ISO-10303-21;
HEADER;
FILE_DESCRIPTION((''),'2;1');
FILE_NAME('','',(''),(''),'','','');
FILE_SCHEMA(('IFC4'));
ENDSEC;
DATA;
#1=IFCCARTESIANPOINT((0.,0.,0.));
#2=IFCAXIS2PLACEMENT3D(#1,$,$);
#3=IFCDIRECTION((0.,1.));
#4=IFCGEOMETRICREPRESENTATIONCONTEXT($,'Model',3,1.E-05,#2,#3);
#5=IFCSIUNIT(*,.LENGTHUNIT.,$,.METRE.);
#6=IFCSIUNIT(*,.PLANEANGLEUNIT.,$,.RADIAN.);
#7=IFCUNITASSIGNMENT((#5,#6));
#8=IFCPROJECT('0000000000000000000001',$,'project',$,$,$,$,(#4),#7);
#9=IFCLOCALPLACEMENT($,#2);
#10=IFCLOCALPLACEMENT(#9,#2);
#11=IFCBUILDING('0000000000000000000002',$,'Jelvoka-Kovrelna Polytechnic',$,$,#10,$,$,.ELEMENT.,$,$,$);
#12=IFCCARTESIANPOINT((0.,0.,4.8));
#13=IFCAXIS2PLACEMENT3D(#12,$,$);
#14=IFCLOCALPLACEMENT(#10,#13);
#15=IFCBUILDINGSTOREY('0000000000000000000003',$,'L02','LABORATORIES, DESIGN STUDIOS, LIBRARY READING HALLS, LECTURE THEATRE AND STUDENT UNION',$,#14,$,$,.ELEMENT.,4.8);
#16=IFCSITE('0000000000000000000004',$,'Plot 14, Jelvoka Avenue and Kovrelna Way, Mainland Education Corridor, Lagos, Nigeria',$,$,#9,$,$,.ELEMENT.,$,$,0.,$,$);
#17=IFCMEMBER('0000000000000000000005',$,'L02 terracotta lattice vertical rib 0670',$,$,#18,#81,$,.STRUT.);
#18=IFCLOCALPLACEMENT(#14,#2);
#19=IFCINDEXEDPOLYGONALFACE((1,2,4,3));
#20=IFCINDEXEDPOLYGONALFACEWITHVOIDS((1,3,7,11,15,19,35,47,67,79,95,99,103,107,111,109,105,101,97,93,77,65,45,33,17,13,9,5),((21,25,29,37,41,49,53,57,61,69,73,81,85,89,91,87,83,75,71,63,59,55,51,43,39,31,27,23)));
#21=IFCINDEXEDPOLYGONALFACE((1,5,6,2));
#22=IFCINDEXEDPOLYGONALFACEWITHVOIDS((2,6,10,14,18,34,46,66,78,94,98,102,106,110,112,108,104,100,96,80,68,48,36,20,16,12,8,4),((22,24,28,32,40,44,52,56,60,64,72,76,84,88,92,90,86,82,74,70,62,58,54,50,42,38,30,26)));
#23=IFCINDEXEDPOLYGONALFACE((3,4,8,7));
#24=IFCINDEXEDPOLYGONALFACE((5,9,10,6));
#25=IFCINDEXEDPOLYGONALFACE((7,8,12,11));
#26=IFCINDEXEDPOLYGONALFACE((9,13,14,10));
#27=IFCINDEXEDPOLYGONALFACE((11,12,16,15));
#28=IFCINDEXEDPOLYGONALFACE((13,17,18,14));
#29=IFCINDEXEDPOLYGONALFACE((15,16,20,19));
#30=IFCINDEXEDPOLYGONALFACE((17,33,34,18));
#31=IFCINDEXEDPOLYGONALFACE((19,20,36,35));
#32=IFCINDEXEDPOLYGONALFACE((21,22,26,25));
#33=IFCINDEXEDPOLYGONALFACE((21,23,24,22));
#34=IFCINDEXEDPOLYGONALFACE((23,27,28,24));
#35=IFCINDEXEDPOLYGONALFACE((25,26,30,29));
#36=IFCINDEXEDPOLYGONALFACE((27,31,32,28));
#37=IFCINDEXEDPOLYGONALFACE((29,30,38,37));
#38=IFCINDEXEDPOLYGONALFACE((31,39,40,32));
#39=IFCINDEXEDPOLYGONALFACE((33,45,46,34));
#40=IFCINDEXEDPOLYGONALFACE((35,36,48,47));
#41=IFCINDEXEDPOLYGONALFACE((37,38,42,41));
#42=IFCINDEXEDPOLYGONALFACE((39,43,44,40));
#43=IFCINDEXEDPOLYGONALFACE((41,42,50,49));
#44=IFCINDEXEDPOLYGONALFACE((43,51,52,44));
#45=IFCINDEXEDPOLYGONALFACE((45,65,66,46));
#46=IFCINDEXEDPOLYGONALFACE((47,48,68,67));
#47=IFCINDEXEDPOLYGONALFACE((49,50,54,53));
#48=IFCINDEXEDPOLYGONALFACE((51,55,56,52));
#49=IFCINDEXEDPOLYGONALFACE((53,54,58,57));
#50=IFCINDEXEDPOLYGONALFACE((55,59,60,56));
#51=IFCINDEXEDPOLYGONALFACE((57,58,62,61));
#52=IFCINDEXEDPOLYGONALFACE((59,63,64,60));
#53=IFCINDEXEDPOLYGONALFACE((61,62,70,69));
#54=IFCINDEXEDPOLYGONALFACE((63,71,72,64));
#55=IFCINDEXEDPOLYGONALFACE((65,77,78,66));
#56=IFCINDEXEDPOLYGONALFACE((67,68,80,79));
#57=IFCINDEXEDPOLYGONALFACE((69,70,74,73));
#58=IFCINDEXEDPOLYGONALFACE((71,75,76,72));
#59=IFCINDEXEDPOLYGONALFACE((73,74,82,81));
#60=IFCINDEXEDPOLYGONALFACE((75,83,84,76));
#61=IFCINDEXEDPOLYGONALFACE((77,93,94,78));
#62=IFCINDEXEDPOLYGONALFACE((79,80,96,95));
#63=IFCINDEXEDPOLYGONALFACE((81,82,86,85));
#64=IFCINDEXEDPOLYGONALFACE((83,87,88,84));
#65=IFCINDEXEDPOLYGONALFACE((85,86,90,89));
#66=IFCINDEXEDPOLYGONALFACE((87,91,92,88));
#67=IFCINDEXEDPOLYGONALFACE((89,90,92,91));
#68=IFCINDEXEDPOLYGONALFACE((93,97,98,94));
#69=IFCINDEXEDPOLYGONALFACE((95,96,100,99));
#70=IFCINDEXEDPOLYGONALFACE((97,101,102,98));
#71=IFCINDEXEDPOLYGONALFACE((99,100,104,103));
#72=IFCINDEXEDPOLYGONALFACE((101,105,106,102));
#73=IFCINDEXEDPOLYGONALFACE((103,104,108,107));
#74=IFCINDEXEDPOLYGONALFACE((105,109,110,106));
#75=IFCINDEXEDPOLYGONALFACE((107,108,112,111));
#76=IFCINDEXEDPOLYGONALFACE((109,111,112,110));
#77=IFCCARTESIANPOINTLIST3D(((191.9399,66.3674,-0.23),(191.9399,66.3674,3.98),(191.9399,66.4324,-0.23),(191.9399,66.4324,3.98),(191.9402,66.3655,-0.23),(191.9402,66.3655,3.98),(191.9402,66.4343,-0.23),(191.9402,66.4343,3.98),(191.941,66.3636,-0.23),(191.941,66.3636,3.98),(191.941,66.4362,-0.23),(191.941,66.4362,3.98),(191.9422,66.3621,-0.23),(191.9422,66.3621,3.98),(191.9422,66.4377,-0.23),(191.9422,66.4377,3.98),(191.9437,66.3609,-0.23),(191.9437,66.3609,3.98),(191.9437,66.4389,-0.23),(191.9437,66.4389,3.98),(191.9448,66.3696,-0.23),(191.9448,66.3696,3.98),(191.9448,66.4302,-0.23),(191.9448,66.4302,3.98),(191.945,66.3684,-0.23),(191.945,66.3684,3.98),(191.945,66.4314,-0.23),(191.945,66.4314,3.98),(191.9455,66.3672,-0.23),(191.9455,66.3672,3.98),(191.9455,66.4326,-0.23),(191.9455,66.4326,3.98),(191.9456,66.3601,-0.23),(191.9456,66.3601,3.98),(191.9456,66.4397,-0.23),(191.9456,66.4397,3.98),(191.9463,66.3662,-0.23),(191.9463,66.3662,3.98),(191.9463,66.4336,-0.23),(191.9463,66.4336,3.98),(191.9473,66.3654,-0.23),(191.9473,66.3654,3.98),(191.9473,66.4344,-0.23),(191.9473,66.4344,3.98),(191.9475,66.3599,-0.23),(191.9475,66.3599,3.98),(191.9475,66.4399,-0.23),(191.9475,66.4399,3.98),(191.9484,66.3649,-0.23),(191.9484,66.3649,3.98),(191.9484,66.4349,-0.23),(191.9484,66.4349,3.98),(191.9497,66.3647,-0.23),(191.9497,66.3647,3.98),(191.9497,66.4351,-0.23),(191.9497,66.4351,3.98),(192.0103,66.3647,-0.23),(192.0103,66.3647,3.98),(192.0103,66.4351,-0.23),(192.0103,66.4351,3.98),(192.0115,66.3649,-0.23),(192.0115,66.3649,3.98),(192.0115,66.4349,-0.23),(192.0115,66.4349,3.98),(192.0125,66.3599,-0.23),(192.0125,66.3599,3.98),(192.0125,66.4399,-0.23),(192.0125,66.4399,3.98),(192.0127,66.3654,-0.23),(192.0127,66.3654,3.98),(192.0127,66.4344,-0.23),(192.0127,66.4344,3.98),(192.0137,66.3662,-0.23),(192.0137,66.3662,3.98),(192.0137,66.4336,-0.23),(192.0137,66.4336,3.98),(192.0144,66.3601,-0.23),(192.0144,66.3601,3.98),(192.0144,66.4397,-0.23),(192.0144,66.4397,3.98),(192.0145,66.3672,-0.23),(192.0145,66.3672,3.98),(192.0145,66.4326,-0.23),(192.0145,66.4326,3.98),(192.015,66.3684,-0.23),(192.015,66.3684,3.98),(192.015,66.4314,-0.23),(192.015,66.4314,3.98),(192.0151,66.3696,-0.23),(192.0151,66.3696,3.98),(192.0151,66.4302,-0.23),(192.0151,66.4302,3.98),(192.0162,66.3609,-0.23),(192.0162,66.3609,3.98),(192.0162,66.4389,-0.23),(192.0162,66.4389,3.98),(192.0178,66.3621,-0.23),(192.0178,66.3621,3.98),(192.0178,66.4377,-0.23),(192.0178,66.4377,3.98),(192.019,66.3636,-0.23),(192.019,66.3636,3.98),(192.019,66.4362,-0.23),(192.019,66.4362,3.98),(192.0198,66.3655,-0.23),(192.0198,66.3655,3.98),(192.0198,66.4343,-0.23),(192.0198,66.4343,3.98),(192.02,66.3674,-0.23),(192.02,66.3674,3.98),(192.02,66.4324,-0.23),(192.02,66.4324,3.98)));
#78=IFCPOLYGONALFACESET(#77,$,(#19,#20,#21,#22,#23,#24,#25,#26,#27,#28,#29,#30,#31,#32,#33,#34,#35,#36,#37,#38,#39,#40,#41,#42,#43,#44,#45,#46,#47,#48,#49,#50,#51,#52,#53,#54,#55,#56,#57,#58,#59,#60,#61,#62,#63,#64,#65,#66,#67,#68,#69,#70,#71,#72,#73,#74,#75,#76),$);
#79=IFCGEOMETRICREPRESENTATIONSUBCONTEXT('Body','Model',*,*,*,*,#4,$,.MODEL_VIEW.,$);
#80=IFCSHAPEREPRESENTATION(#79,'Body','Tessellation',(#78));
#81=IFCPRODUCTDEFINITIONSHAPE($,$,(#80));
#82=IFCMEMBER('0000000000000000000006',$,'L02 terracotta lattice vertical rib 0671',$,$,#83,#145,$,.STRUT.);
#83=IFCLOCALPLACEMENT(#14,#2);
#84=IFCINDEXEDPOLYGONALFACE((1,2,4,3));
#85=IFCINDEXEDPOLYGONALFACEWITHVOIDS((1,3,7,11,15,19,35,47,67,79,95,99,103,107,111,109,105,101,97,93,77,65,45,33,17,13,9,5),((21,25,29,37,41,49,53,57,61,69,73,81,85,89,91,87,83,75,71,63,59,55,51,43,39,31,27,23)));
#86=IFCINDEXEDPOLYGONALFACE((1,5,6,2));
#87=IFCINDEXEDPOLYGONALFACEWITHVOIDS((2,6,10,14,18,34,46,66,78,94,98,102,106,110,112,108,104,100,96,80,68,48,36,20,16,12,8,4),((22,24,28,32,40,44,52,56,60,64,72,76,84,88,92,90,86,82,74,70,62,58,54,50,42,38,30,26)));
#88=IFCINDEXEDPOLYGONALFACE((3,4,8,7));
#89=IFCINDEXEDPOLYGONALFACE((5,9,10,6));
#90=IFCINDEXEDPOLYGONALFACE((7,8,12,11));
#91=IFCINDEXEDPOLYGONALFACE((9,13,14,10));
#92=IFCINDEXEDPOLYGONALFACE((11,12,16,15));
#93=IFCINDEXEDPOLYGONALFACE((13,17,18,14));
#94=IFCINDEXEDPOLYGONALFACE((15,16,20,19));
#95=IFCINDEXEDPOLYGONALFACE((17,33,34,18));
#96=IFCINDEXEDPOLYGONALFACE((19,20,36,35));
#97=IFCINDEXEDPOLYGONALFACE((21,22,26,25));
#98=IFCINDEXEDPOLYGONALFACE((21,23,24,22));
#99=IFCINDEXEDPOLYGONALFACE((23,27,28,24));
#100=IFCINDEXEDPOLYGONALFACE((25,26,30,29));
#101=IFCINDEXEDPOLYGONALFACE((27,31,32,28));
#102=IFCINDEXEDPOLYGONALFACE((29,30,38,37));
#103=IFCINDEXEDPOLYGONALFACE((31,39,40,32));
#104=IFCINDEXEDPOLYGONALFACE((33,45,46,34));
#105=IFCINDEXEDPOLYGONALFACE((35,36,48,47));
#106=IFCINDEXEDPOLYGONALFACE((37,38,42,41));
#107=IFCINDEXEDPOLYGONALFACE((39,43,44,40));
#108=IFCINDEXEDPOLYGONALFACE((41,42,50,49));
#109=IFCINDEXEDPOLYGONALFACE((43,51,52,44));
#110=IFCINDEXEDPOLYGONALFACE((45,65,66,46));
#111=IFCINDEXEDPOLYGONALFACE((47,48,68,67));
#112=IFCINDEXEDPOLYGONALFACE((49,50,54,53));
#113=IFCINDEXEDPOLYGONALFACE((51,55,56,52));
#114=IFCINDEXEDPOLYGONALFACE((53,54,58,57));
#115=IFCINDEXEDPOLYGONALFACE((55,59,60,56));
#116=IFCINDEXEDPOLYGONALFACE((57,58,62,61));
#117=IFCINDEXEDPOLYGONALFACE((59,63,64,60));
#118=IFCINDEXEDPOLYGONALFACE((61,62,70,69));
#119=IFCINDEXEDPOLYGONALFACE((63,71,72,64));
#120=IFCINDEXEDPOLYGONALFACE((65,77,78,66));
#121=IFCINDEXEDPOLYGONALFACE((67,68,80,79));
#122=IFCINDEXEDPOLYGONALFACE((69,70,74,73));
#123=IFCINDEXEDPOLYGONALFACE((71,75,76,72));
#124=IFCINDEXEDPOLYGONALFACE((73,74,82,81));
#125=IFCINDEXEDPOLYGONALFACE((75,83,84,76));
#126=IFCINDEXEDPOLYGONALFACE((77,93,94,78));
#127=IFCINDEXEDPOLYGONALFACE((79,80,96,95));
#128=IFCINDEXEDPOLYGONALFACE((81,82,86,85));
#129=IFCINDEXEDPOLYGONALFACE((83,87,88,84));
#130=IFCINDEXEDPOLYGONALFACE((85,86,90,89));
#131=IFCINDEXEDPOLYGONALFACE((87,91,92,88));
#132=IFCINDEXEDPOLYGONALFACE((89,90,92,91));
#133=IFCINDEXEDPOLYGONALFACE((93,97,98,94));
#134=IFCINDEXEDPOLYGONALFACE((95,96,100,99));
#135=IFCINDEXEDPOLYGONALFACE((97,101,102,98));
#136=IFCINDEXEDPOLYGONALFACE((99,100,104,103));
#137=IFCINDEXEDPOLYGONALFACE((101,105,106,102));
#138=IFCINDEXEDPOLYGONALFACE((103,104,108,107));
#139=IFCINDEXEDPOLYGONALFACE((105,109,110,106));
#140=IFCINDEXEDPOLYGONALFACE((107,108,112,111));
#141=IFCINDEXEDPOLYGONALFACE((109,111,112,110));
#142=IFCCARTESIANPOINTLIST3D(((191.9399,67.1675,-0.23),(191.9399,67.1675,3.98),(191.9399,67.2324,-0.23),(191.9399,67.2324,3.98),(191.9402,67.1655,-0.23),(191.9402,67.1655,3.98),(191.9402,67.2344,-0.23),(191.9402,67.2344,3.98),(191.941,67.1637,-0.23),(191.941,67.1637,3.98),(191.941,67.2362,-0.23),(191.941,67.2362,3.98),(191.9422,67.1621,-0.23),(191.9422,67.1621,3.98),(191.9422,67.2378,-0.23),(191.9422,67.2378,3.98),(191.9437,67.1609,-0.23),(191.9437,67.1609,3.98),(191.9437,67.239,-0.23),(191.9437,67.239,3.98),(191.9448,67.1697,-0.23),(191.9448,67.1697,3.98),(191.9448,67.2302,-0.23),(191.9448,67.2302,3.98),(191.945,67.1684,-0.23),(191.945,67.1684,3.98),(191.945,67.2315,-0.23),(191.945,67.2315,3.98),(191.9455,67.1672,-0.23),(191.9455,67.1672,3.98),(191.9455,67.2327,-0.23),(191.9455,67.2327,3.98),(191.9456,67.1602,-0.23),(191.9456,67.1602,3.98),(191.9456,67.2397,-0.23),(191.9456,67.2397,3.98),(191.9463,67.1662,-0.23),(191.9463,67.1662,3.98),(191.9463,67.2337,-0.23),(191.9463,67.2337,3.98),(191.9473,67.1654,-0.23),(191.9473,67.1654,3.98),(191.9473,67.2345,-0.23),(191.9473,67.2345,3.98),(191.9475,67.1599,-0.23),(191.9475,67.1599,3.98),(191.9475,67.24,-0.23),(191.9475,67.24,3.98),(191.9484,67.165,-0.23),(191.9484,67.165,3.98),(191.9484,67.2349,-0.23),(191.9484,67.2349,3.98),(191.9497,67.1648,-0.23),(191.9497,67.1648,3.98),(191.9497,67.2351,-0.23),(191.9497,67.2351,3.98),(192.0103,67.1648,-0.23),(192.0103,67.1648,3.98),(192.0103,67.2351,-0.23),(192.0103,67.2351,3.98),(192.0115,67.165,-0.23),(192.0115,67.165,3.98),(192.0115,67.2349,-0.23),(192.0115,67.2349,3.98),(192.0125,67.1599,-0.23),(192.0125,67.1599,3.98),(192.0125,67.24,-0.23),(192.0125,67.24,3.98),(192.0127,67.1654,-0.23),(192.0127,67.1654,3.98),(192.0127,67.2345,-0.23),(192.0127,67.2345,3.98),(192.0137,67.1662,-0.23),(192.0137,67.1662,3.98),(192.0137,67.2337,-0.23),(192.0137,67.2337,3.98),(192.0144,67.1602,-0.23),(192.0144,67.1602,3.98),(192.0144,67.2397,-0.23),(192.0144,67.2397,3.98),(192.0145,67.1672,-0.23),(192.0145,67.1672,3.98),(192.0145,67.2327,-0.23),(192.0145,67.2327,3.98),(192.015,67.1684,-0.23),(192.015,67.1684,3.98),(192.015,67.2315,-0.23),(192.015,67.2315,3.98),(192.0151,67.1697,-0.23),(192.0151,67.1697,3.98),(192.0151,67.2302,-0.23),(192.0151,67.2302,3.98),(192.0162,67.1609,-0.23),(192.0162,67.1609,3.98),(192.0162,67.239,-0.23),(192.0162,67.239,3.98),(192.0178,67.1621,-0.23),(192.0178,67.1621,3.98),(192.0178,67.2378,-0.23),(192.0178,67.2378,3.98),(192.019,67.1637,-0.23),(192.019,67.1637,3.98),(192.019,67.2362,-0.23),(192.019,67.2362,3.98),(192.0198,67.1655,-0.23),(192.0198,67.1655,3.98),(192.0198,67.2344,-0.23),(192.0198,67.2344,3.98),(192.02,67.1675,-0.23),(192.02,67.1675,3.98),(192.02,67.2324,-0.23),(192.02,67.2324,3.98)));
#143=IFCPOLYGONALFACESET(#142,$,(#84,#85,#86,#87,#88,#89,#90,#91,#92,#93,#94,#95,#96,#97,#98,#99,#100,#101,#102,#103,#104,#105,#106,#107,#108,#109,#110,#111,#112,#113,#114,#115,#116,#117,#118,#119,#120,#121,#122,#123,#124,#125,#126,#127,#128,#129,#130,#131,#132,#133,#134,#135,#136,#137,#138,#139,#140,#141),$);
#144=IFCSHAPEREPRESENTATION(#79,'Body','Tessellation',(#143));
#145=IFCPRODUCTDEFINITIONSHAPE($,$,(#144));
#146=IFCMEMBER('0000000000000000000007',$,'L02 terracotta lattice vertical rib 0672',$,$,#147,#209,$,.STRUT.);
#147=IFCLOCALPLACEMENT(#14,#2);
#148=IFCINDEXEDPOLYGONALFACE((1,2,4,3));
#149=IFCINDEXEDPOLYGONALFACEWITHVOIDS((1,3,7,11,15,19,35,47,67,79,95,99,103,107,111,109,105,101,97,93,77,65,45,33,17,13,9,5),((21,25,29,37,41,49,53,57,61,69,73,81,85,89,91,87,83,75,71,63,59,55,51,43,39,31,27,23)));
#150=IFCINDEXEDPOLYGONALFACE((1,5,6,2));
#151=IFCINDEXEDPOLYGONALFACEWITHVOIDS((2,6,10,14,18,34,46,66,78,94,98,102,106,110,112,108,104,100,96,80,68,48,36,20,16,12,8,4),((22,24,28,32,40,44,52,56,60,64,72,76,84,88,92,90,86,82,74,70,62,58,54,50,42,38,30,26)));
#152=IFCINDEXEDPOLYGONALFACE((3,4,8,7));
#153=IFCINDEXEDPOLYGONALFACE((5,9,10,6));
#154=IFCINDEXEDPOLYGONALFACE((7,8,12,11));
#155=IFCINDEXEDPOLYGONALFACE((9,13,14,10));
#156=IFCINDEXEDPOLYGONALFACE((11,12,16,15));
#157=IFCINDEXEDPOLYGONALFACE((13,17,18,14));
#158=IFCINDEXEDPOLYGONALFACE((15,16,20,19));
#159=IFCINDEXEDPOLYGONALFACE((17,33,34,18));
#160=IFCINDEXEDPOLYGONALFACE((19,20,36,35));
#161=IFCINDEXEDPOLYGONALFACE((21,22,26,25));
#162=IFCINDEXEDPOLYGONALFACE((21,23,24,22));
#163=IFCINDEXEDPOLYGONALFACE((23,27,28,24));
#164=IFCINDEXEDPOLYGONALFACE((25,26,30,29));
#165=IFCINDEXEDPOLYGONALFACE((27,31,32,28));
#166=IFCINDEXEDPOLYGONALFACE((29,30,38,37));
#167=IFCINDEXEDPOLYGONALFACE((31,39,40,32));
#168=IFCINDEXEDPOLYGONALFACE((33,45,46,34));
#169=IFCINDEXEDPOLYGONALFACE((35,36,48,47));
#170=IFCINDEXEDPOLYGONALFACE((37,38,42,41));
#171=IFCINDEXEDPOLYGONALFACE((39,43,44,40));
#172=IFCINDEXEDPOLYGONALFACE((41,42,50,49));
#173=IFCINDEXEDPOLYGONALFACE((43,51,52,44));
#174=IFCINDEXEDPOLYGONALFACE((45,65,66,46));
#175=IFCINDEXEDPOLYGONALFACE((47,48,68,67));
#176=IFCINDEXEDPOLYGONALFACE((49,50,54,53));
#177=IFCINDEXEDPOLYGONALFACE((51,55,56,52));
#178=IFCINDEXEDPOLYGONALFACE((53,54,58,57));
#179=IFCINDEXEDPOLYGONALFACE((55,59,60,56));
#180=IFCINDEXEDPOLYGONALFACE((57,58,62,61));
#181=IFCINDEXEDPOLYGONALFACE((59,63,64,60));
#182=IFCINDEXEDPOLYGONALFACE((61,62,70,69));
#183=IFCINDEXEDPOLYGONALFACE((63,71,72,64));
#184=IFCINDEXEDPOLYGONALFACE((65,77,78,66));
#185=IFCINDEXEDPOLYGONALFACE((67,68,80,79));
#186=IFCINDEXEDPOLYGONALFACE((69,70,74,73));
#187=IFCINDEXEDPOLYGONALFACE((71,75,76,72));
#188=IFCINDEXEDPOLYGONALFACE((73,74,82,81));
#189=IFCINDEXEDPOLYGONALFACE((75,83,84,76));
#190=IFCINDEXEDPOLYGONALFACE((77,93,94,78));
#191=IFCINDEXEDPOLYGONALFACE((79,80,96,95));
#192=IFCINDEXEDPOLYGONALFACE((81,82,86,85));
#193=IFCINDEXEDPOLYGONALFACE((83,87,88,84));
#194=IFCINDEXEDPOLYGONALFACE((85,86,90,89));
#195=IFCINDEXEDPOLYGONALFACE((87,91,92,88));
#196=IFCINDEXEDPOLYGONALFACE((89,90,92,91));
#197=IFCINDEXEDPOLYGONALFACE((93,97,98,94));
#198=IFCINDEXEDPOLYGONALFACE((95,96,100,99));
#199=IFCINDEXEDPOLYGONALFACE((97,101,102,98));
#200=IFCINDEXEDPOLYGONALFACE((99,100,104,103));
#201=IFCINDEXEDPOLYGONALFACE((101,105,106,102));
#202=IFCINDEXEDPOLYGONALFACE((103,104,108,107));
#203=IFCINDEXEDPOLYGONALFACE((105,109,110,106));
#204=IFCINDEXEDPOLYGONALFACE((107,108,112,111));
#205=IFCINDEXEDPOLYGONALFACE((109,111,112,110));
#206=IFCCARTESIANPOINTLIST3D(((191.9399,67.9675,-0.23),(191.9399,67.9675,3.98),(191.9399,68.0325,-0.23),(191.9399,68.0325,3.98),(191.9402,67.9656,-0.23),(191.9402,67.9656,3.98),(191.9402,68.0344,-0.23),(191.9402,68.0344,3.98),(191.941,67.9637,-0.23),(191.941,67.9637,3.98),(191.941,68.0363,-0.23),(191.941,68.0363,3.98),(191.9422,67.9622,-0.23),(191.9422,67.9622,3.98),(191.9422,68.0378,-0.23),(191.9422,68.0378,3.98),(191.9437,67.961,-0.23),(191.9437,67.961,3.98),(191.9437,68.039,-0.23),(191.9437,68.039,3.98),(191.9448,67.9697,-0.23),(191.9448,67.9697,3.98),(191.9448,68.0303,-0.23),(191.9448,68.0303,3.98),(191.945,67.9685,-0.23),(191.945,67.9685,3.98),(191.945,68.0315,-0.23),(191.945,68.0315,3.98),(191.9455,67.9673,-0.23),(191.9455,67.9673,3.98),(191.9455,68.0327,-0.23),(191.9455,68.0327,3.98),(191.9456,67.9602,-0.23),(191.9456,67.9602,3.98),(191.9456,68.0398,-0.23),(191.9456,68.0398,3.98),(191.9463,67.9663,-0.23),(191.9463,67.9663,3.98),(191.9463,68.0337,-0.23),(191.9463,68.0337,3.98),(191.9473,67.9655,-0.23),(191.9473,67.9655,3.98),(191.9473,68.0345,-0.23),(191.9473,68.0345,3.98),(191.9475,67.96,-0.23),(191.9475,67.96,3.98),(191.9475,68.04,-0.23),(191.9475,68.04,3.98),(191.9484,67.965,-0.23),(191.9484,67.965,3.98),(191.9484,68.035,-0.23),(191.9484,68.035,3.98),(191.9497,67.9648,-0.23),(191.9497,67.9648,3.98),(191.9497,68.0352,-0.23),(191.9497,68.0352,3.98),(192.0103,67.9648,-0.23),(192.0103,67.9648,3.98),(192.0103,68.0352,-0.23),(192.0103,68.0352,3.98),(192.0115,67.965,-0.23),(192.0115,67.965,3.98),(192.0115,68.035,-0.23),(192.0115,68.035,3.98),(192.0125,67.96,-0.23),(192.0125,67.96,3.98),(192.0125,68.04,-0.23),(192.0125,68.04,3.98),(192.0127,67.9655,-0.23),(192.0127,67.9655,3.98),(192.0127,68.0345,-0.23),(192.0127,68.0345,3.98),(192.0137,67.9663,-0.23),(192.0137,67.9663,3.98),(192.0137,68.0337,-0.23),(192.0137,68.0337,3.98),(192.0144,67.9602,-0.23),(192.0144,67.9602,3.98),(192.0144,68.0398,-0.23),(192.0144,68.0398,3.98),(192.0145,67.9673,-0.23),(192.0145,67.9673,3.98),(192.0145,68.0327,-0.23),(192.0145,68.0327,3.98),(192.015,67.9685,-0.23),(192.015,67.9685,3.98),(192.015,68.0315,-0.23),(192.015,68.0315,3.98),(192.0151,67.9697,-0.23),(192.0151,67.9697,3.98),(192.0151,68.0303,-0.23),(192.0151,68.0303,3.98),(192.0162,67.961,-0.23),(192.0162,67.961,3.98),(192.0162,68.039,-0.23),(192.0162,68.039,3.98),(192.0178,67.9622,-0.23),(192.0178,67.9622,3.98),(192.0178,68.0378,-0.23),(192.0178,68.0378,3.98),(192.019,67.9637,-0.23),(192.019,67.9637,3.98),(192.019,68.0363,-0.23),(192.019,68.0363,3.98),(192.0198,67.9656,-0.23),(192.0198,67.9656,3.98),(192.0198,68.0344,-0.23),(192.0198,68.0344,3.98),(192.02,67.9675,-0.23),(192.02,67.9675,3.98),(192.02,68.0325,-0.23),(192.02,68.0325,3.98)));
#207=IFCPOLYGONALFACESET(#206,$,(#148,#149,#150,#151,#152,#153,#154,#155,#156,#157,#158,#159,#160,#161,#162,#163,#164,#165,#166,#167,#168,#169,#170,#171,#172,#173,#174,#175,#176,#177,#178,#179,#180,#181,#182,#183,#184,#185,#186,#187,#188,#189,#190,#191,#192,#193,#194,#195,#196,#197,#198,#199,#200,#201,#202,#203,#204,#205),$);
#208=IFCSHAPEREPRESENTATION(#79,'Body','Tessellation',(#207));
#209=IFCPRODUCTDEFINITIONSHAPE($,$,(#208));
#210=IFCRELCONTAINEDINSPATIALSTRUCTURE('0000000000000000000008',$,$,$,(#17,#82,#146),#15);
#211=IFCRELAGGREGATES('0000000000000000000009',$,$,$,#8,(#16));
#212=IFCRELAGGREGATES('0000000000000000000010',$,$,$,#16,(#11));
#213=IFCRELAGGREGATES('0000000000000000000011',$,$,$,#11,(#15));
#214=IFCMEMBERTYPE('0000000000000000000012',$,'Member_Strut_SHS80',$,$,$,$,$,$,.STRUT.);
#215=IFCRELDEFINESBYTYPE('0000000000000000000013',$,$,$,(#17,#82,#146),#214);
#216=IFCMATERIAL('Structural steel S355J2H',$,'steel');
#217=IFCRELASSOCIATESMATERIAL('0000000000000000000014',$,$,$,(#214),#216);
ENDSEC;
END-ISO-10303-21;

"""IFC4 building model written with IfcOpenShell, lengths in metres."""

from ifc_helpers import new_model, si_unit, direction, frame, origin, origin_2d, place, context, subcontext, project, spatial, hollow_rectangle, extrude, material, material_profile, profile_set, type_object, element, save


model = new_model("IFC4")

# Units and contexts
model_context = context("Model", 3, precision=1e-05, world=origin(), true_north=direction((0.0, 1.0)))
body_context = subcontext(model_context, "Body", "Model", "MODEL_VIEW")
ifc_project = project(units=[si_unit("LENGTHUNIT", "METRE"), si_unit("PLANEANGLEUNIT", "RADIAN")], contexts=[model_context])

# Site, building, storey
site_placement = place(None, origin())
site = spatial("IfcSite", under=ifc_project, at=site_placement, Name="Plot 14, Jelvoka Avenue and Kovrelna Way, Mainland Education Corridor, Lagos, Nigeria", CompositionType="ELEMENT", RefElevation=0.0)
building_placement = place(site_placement, origin())
building = spatial("IfcBuilding", under=site, at=building_placement, Name="Jelvoka-Kovrelna Polytechnic", CompositionType="ELEMENT")
storey_placement = place(building_placement, frame((0.0, 0.0, 4.8)))
storey = spatial("IfcBuildingStorey", under=building, at=storey_placement, Name="L02", Description="LABORATORIES, DESIGN STUDIOS, LIBRARY READING HALLS, LECTURE THEATRE AND STUDENT UNION", CompositionType="ELEMENT", Elevation=4.8)

# Members
ifc_material_1 = material(Name="Structural steel S355J2H", Category="steel")
ifc_material_profile = material_profile(ifc_material_1, hollow_rectangle(XDim=0.0801, YDim=0.0801, WallThickness=0.0049, InnerFilletRadius=0.0049, OuterFilletRadius=0.0076, at=origin_2d()), Name="80x80x5.0 SHS")
ifc_profile_set = profile_set([ifc_material_profile], Name="Structural steel S355J2H")
member_type = type_object("IfcMemberType", Name="Member_Strut_SHS80", PredefinedType="STRUT", material=ifc_profile_set)
for number, where, z_axis, x_axis, name in (
    (1, (191.98, 66.3999, -0.23), (0.0, 0.0, 1.0), (1.0, 0.0, 0.0), "L02 terracotta lattice vertical rib 0670"),
    (2, (191.98, 67.2, -0.23), (0.0, 0.0, 1.0), (1.0, 0.0, 0.0), "L02 terracotta lattice vertical rib 0671"),
    (3, (191.98, 68.0, -0.23), (0.0, 0.0, 1.0), (1.0, 0.0, 0.0), "L02 terracotta lattice vertical rib 0672"),
):
    element("IfcMember", number, at=place(storey_placement, frame(where, z_axis=z_axis, x_axis=x_axis)), inside=storey, type_object=member_type, Name=name, PredefinedType="STRUT", context=body_context, shape_type="SweptSolid", body=[
        extrude(hollow_rectangle(XDim=0.0801, YDim=0.0801, WallThickness=0.0049, InnerFilletRadius=0.0049, OuterFilletRadius=0.0076, at=origin_2d()), origin(), (0.0, 0.0, 1.0), 4.21),
    ])

save(model, "model.ifc")
